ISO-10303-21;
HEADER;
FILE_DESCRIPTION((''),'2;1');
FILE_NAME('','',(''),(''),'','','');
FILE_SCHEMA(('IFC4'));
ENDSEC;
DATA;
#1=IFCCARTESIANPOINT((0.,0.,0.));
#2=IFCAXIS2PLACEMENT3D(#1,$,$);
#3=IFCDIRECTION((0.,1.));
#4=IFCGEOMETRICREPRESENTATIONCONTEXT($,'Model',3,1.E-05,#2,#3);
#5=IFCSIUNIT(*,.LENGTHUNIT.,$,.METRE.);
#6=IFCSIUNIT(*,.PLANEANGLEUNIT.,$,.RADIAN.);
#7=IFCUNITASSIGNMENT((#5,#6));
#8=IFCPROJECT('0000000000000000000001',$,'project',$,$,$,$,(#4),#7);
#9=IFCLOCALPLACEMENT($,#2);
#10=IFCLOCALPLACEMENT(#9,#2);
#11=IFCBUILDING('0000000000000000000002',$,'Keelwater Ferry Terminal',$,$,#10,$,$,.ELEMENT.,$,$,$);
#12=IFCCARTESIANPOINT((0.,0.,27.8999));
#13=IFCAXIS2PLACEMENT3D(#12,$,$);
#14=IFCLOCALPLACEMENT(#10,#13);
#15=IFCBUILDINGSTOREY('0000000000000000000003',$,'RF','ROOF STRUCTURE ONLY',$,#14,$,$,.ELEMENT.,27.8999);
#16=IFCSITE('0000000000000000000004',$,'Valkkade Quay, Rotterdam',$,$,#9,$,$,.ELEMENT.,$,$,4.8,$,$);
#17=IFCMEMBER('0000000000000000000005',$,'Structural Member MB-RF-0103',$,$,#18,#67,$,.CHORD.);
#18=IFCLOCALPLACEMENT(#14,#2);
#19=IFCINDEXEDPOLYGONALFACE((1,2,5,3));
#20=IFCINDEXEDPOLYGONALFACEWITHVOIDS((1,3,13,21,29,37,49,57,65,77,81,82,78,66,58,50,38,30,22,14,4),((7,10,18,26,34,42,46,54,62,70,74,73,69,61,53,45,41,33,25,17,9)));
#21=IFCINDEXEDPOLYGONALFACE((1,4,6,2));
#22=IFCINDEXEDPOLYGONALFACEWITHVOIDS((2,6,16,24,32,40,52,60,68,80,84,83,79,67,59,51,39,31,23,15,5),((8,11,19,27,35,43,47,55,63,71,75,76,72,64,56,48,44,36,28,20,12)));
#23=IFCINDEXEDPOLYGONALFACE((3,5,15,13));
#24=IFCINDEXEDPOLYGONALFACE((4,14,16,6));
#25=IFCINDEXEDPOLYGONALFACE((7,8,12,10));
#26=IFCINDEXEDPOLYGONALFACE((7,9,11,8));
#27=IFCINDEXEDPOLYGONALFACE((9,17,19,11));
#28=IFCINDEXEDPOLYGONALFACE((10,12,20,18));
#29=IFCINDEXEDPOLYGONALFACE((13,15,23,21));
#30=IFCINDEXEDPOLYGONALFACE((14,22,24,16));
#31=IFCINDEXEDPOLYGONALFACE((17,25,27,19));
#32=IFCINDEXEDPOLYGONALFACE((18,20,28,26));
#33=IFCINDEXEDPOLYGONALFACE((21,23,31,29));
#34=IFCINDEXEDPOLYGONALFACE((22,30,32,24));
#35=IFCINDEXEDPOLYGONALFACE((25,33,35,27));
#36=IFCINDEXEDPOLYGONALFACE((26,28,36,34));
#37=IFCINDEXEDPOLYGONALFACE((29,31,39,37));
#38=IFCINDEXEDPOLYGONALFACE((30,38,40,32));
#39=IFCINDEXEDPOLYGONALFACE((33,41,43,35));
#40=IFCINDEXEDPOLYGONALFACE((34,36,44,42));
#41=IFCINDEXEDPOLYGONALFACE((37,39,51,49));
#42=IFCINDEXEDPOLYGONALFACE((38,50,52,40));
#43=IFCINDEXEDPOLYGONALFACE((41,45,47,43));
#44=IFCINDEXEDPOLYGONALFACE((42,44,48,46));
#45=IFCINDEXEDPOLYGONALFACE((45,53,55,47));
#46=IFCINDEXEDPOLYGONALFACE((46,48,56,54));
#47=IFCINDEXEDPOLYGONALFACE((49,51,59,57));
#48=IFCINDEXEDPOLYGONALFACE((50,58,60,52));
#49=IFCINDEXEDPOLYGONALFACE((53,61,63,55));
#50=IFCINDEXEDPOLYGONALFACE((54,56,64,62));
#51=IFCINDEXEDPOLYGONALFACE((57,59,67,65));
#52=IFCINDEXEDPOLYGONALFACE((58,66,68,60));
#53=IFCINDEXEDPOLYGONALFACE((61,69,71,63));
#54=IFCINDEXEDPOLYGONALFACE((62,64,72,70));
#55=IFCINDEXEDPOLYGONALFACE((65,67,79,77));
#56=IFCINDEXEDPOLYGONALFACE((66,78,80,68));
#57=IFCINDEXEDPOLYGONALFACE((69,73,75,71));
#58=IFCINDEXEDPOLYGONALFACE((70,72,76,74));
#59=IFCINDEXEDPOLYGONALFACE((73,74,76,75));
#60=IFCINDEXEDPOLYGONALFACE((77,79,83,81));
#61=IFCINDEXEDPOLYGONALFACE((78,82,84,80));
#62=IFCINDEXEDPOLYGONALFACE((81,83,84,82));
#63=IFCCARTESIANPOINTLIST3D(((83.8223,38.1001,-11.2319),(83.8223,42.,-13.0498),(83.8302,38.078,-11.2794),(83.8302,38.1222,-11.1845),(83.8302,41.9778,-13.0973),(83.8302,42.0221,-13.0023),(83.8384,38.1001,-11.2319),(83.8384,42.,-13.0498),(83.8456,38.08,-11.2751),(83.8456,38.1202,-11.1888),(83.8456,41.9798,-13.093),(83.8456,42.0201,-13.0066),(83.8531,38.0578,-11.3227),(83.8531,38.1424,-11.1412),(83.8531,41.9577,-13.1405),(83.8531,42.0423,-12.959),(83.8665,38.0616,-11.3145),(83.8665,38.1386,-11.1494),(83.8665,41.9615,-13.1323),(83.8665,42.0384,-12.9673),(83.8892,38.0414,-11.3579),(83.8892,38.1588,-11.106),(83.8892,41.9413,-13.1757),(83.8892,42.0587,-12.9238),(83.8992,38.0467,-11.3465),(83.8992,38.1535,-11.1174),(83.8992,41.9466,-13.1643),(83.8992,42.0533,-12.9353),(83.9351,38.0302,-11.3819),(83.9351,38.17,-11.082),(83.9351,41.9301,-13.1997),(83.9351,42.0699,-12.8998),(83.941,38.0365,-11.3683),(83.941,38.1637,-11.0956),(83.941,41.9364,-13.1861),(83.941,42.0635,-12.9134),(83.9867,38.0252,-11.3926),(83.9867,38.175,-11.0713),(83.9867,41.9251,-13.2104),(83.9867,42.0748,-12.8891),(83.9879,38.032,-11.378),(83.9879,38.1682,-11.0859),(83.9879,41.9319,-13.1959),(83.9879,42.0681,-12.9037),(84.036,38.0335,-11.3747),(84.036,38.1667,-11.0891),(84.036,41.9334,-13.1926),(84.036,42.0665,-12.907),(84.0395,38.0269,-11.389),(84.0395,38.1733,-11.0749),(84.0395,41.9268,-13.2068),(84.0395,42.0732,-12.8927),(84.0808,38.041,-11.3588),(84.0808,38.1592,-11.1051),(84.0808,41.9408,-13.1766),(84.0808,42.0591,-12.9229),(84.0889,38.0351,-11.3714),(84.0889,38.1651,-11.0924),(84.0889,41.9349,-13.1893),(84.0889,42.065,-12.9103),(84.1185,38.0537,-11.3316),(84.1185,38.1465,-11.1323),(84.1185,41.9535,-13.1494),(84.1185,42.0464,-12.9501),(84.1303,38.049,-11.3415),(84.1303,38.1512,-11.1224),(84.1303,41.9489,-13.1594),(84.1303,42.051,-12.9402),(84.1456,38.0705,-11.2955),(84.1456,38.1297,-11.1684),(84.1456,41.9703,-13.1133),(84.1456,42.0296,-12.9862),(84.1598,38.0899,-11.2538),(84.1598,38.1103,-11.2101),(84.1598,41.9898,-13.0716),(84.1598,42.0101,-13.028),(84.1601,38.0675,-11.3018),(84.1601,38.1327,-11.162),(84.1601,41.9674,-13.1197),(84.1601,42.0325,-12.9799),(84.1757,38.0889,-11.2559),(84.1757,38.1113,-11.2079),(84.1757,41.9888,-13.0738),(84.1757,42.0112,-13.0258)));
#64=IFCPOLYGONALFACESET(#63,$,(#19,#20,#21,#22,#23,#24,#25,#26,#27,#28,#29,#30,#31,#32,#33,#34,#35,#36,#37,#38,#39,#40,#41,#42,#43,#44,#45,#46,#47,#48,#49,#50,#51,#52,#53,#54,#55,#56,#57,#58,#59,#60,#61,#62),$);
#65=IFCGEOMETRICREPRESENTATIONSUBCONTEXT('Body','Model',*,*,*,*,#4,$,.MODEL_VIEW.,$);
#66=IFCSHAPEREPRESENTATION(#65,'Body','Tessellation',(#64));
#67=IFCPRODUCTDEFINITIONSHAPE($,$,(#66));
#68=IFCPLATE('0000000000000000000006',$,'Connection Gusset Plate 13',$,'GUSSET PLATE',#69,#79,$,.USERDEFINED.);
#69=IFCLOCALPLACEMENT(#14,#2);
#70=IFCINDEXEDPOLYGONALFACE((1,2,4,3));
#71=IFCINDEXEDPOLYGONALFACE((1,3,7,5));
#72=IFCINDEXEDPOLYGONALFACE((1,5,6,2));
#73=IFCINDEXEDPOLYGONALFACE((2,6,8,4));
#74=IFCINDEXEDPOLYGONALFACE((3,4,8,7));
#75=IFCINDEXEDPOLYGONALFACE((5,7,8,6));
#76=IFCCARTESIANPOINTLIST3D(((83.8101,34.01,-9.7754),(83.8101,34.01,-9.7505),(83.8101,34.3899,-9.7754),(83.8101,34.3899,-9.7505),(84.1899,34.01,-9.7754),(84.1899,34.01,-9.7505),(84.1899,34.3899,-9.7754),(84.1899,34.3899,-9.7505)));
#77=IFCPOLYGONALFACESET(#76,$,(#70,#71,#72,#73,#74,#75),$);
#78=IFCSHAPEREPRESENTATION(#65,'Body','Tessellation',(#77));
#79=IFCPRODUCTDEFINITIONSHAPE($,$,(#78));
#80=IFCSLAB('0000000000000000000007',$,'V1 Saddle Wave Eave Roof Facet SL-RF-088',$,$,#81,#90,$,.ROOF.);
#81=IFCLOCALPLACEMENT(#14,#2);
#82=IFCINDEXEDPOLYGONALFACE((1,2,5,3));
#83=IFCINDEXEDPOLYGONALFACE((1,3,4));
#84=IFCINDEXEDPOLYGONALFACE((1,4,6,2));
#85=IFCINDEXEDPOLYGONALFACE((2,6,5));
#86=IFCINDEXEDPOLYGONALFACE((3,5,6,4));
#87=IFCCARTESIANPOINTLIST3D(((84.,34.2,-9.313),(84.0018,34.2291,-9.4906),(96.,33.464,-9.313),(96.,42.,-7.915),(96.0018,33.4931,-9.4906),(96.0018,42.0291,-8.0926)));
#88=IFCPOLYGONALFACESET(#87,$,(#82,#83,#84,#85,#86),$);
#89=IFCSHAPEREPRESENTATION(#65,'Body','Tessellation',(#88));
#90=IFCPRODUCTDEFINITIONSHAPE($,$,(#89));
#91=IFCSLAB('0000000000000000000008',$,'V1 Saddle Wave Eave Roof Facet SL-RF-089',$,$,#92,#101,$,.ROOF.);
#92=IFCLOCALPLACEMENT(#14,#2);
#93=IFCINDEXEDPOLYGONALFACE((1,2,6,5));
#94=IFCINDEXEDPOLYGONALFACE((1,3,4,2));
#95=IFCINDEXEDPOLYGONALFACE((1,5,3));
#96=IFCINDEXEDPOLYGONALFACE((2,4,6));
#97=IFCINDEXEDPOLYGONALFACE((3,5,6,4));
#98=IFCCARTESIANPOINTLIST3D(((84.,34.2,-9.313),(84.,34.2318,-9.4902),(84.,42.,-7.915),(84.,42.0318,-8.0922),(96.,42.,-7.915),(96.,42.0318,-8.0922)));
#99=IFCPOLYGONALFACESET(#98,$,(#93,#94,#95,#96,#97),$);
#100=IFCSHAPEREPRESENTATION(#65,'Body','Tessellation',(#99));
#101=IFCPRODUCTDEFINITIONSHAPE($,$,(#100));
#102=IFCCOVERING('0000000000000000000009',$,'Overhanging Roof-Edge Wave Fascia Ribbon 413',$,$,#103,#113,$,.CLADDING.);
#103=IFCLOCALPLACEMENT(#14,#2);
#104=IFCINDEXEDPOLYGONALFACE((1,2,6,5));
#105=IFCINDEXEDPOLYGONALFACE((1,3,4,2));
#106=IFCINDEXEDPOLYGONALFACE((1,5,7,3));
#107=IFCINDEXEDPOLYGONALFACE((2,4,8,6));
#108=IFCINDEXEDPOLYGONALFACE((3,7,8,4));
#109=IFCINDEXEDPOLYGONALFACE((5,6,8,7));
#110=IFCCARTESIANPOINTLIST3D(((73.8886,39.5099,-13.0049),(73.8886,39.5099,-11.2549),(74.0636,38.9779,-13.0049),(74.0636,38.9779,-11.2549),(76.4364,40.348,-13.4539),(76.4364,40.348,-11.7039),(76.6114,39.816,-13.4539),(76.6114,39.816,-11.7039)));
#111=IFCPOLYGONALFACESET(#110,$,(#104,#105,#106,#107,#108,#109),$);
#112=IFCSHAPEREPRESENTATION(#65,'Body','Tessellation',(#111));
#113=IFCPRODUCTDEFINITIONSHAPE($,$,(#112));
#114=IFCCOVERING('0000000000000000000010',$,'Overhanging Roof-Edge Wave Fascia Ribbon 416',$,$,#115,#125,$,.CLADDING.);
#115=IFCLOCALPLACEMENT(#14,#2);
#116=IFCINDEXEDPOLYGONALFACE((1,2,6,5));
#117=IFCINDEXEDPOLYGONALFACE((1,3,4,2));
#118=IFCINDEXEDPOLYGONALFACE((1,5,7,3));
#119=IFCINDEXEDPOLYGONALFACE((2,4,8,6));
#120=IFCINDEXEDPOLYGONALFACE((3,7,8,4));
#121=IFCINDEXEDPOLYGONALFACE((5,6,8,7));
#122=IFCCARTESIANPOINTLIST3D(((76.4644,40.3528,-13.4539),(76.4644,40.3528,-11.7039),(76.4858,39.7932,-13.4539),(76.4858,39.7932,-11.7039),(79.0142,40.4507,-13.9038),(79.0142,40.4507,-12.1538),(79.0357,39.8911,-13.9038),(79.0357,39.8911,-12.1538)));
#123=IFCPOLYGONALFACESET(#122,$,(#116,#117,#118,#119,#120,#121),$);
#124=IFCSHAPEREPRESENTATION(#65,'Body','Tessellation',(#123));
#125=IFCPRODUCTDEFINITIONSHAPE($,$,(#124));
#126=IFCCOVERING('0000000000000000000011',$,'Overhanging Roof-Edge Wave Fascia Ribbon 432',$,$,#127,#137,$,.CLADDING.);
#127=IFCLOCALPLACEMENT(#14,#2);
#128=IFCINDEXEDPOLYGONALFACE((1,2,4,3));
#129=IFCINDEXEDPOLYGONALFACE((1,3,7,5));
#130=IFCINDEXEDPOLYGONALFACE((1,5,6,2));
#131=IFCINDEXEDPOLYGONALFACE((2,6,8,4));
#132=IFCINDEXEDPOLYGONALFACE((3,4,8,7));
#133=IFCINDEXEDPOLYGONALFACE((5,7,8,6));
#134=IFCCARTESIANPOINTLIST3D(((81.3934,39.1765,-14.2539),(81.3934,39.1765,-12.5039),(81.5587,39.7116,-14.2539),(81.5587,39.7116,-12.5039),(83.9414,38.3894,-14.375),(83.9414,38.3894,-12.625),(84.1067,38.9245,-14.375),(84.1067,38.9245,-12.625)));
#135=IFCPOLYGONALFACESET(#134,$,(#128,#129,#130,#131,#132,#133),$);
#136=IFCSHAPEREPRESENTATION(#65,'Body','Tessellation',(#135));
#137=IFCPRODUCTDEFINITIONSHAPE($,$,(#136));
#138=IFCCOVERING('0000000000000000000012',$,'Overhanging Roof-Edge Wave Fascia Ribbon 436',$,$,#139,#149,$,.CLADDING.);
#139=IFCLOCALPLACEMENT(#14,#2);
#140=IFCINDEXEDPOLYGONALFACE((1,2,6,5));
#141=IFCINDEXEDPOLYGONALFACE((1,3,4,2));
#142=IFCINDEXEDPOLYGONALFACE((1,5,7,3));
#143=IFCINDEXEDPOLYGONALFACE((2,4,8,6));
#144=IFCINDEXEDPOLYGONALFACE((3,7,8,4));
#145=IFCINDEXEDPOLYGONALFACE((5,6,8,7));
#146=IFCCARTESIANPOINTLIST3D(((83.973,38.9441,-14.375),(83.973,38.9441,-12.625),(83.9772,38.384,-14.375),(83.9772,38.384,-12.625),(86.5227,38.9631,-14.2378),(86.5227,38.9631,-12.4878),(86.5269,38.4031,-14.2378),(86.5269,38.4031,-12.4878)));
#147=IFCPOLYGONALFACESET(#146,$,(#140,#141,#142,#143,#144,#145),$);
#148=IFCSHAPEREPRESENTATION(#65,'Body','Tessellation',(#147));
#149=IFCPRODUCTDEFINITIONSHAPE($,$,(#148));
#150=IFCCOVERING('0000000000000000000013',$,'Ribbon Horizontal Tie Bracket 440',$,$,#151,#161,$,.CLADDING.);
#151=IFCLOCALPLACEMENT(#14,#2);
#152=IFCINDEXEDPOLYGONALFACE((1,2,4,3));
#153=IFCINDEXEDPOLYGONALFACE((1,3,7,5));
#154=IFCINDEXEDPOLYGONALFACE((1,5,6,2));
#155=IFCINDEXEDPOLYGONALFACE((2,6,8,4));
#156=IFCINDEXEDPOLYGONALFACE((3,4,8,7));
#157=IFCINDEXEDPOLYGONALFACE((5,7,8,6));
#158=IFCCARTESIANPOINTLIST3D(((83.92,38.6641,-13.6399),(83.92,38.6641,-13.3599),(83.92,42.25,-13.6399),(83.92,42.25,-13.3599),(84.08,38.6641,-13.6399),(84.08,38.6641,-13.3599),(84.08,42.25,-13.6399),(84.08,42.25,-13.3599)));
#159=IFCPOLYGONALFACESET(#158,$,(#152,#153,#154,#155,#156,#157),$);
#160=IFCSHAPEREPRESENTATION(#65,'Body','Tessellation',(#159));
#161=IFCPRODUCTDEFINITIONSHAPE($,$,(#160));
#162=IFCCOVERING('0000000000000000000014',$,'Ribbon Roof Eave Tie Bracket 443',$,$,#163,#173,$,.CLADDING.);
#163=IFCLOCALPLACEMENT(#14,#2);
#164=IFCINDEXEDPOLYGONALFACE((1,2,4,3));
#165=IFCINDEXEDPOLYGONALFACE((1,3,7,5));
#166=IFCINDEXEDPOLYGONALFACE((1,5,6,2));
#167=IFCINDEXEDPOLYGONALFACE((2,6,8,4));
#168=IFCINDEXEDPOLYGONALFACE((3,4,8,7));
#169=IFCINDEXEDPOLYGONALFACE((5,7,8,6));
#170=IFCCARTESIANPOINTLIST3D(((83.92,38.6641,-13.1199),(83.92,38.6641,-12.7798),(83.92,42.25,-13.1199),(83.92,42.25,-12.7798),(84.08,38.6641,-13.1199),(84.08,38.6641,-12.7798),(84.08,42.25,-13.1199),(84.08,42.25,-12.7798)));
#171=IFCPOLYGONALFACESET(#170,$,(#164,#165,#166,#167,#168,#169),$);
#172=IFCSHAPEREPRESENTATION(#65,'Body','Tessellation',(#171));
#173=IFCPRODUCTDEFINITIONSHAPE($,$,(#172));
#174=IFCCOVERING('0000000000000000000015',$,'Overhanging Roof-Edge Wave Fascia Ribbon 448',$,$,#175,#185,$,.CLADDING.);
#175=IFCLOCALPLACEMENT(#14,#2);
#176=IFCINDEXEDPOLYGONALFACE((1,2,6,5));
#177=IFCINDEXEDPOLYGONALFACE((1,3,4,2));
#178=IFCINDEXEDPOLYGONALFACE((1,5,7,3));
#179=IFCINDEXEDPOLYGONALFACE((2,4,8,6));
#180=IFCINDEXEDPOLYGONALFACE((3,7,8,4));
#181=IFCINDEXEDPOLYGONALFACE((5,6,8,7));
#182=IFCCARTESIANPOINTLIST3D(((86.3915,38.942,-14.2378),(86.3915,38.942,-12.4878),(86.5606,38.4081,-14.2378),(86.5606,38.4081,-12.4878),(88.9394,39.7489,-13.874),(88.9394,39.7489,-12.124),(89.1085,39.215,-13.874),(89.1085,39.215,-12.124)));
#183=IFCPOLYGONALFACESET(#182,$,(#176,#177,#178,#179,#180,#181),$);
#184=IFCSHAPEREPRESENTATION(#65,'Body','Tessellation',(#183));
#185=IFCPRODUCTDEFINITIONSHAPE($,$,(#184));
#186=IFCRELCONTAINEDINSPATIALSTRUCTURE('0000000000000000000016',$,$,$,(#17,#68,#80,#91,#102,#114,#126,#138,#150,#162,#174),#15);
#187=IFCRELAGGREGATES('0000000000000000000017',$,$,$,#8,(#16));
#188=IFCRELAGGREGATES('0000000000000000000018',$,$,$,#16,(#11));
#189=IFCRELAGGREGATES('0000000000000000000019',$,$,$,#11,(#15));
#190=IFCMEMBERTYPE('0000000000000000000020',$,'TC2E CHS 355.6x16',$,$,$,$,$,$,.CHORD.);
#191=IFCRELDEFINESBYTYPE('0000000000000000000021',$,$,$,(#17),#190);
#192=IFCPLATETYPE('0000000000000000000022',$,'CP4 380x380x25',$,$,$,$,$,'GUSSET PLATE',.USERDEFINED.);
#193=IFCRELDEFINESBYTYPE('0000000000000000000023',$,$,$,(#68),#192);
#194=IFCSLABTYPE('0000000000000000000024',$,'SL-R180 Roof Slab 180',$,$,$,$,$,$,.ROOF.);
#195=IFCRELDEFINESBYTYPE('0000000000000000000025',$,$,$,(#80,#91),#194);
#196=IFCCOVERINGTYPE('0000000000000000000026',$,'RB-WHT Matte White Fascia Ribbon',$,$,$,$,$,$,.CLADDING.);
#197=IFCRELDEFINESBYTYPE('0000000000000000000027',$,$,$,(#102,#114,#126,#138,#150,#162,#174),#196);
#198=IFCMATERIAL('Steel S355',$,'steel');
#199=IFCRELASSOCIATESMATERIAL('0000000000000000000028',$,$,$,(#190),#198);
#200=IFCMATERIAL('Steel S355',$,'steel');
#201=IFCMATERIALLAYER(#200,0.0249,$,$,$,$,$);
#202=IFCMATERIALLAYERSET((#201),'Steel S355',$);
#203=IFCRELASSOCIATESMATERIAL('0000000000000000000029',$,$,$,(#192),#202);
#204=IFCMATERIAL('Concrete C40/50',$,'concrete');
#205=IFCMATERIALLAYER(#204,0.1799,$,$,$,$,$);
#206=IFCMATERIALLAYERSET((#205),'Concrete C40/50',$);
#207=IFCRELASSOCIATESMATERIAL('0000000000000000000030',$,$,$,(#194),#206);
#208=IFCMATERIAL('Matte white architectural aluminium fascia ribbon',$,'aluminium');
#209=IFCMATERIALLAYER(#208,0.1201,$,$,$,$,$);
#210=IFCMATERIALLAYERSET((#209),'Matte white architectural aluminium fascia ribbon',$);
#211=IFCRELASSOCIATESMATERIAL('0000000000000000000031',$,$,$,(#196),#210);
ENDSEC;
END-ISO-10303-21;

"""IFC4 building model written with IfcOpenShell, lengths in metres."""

from ifc_helpers import new_model, si_unit, direction, frame, frame_2d, origin, origin_with_axes, origin_2d, place, context, subcontext, project, spatial, polyline, rectangle, hollow_circle, outline, extrude, material, layer, layer_set, material_profile, profile_set, type_object, element, save


model = new_model("IFC4")

# Units and contexts
model_context = context("Model", 3, precision=1e-05, world=origin(), true_north=direction((0.0, 1.0)))
body_context = subcontext(model_context, "Body", "Model", "MODEL_VIEW")
ifc_project = project(units=[si_unit("LENGTHUNIT", "METRE"), si_unit("PLANEANGLEUNIT", "RADIAN")], contexts=[model_context])

# Site, building, storey
site_placement = place(None, origin())
site = spatial("IfcSite", under=ifc_project, at=site_placement, Name="Valkkade Quay, Rotterdam", CompositionType="ELEMENT", RefElevation=4.8)
building_placement = place(site_placement, origin())
building = spatial("IfcBuilding", under=site, at=building_placement, Name="Keelwater Ferry Terminal", CompositionType="ELEMENT")
storey_placement = place(building_placement, frame((0.0, 0.0, 27.8999)))
storey = spatial("IfcBuildingStorey", under=building, at=storey_placement, Name="RF", Description="ROOF STRUCTURE ONLY", CompositionType="ELEMENT", Elevation=27.8999)

# Member
ifc_material_1 = material(Name="Steel S355", Category="steel")
ifc_material_profile_1 = material_profile(ifc_material_1, hollow_circle(Radius=0.1777, WallThickness=0.0161, at=origin_2d()), Name="CHS 355.6x16")
ifc_profile_set_1 = profile_set([ifc_material_profile_1], Name="Steel S355")
member_type_1 = type_object("IfcMemberType", Name="TC2E CHS 355.6x16", PredefinedType="CHORD", material=ifc_profile_set_1)
member_1_placement = place(storey_placement, frame((84.0, 38.1001, -11.2319), z_axis=(0.0, 0.906369, -0.422488), x_axis=(-1.0, 0.0, 0.0)))
element("IfcMember", 1, at=member_1_placement, inside=storey, type_object=member_type_1, Name="Structural Member MB-RF-0103", PredefinedType="CHORD", context=body_context, shape_type="SweptSolid", body=[
    extrude(hollow_circle(Radius=0.1777, WallThickness=0.0161, at=origin_2d()), origin(), (0.0, 0.0, 1.0), 4.3027),
])

# Plate
ifc_material_2 = material(Name="Steel S355", Category="steel")
ifc_layer_1 = layer(ifc_material_2, 0.0249)
ifc_layer_set_1 = layer_set([ifc_layer_1], Name="Steel S355")
plate_type = type_object("IfcPlateType", Name="CP4 380x380x25", ElementType="GUSSET PLATE", PredefinedType="USERDEFINED", material=ifc_layer_set_1)
plate_placement = place(storey_placement, frame((84.0, 34.2, -9.7754), z_axis=(0.0, 0.0, 1.0), x_axis=(0.0, 1.0, 0.0)))
element("IfcPlate", 2, at=plate_placement, inside=storey, type_object=plate_type, Name="Connection Gusset Plate 13", ObjectType="GUSSET PLATE", PredefinedType="USERDEFINED", context=body_context, shape_type="SweptSolid", body=[
    extrude(rectangle(XDim=0.3799, YDim=0.3799, at=origin_2d()), origin(), (0.0, 0.0, 1.0), 0.0249),
])

# Slabs
ifc_material_3 = material(Name="Concrete C40/50", Category="concrete")
ifc_layer_2 = layer(ifc_material_3, 0.1799)
ifc_layer_set_2 = layer_set([ifc_layer_2], Name="Concrete C40/50")
slab_type = type_object("IfcSlabType", Name="SL-R180 Roof Slab 180", PredefinedType="ROOF", material=ifc_layer_set_2)
slab_1_placement = place(storey_placement, frame((84.0018, 34.2291, -9.4906), z_axis=(-0.009912, -0.161616, 0.986804), x_axis=(0.999951, -0.001602, 0.009782)))
element("IfcSlab", 3, at=slab_1_placement, inside=storey, type_object=slab_type, Name="V1 Saddle Wave Eave Roof Facet SL-RF-088", PredefinedType="ROOF", context=body_context, shape_type="SweptSolid", body=[
    extrude(outline(polyline([(0.0, 0.0), (12.0006, -0.7263), (12.0006, 7.9234), (0.0, 0.0)])), origin_with_axes(), (0.0, 0.0, 1.0), 0.18),
])
slab_2_placement = place(storey_placement, frame((84.0, 34.2318, -9.4902), z_axis=(0.0, -0.17642, 0.984315), x_axis=(1.0, 0.0, 0.0)))
element("IfcSlab", 4, at=slab_2_placement, inside=storey, type_object=slab_type, Name="V1 Saddle Wave Eave Roof Facet SL-RF-089", PredefinedType="ROOF", context=body_context, shape_type="SweptSolid", body=[
    extrude(outline(polyline([(0.0, 0.0), (12.0, 7.9243), (0.0, 7.9243), (0.0, 0.0)])), origin_with_axes(), (0.0, 0.0, 1.0), 0.18),
])

# Coverings
ifc_material_4 = material(Name="Matte white architectural aluminium fascia ribbon", Category="aluminium")
ifc_layer_3 = layer(ifc_material_4, 0.1201)
ifc_layer_set_3 = layer_set([ifc_layer_3], Name="Matte white architectural aluminium fascia ribbon")
covering_type = type_object("IfcCoveringType", Name="RB-WHT Matte White Fascia Ribbon", PredefinedType="CLADDING", material=ifc_layer_set_3)
covering_1_placement = place(storey_placement, frame((73.9761, 39.2439, -13.4539), z_axis=(0.0, 0.0, 1.0), x_axis=(0.949923, 0.312484, 0.0)))
element("IfcCovering", 5, at=covering_1_placement, inside=storey, type_object=covering_type, Name="Overhanging Roof-Edge Wave Fascia Ribbon 413", PredefinedType="CLADDING", context=body_context, shape_type="SweptSolid", body=[
    extrude(outline(polyline([(0.0, 0.449), (2.6821, 0.0), (2.6821, 1.75), (0.0, 2.199), (0.0, 0.449)])), frame((0.0, 0.28, 0.0), z_axis=(0.0, -1.0, 0.0), x_axis=(1.0, 0.0, 0.0)), (0.0, 0.0, 1.0), 0.5601),
])
covering_2_placement = place(storey_placement, frame((76.4751, 40.073, -13.9038), z_axis=(0.0, 0.0, 1.0), x_axis=(0.999264, 0.038367, 0.0)))
element("IfcCovering", 6, at=covering_2_placement, inside=storey, type_object=covering_type, Name="Overhanging Roof-Edge Wave Fascia Ribbon 416", PredefinedType="CLADDING", context=body_context, shape_type="SweptSolid", body=[
    extrude(outline(polyline([(0.0, 0.45), (2.5518, 0.0), (2.5518, 1.75), (0.0, 2.2), (0.0, 0.45)])), frame((0.0, 0.28, 0.0), z_axis=(0.0, -1.0, 0.0), x_axis=(1.0, 0.0, 0.0)), (0.0, 0.0, 1.0), 0.5601),
])
covering_3_placement = place(storey_placement, frame((81.4761, 39.4441, -14.375), z_axis=(0.0, 0.0, 1.0), x_axis=(0.955446, -0.295166, 0.0)))
element("IfcCovering", 7, at=covering_3_placement, inside=storey, type_object=covering_type, Name="Overhanging Roof-Edge Wave Fascia Ribbon 432", PredefinedType="CLADDING", context=body_context, shape_type="SweptSolid", body=[
    extrude(outline(polyline([(0.0, 0.1211), (2.6667, 0.0), (2.6667, 1.75), (0.0, 1.8711), (0.0, 0.1211)])), frame((0.0, 0.28, 0.0), z_axis=(0.0, -1.0, 0.0), x_axis=(1.0, 0.0, 0.0)), (0.0, 0.0, 1.0), 0.5601),
])
covering_4_placement = place(storey_placement, frame((83.9751, 38.6641, -14.375), z_axis=(0.0, 0.0, 1.0), x_axis=(0.999972, 0.007468, 0.0)))
element("IfcCovering", 8, at=covering_4_placement, inside=storey, type_object=covering_type, Name="Overhanging Roof-Edge Wave Fascia Ribbon 436", PredefinedType="CLADDING", context=body_context, shape_type="SweptSolid", body=[
    extrude(outline(polyline([(0.0, 0.0), (2.5498, 0.1372), (2.5498, 1.8872), (0.0, 1.75), (0.0, 0.0)])), frame((0.0, 0.28, 0.0), z_axis=(0.0, -1.0, 0.0), x_axis=(1.0, 0.0, 0.0)), (0.0, 0.0, 1.0), 0.5601),
])
covering_5_placement = place(storey_placement, frame((84.0, 38.6641, -13.6399), z_axis=(0.0, 0.0, 1.0), x_axis=(0.0, 1.0, 0.0)))
element("IfcCovering", 9, at=covering_5_placement, inside=storey, type_object=covering_type, Name="Ribbon Horizontal Tie Bracket 440", PredefinedType="CLADDING", context=body_context, shape_type="SweptSolid", body=[
    extrude(rectangle(XDim=3.5859, YDim=0.1599, at=frame_2d((1.793, 0.0))), origin(), (0.0, 0.0, 1.0), 0.28),
])
covering_6_placement = place(storey_placement, frame((84.0, 38.6641, -13.1199), z_axis=(0.0, 0.0, 1.0), x_axis=(0.0, 1.0, 0.0)))
element("IfcCovering", 10, at=covering_6_placement, inside=storey, type_object=covering_type, Name="Ribbon Roof Eave Tie Bracket 443", PredefinedType="CLADDING", context=body_context, shape_type="SweptSolid", body=[
    extrude(rectangle(XDim=3.5859, YDim=0.1599, at=frame_2d((1.793, 0.0))), origin(), (0.0, 0.0, 1.0), 0.3401),
])
covering_7_placement = place(storey_placement, frame((86.4761, 38.675, -14.2378), z_axis=(0.0, 0.0, 1.0), x_axis=(0.953335, 0.301914, 0.0)))
element("IfcCovering", 11, at=covering_7_placement, inside=storey, type_object=covering_type, Name="Overhanging Roof-Edge Wave Fascia Ribbon 448", PredefinedType="CLADDING", context=body_context, shape_type="SweptSolid", body=[
    extrude(outline(polyline([(0.0, 0.0), (2.6726, 0.3638), (2.6726, 2.1138), (0.0, 1.75), (0.0, 0.0)])), frame((0.0, 0.28, 0.0), z_axis=(0.0, -1.0, 0.0), x_axis=(1.0, 0.0, 0.0)), (0.0, 0.0, 1.0), 0.5601),
])

save(model, "model.ifc")
